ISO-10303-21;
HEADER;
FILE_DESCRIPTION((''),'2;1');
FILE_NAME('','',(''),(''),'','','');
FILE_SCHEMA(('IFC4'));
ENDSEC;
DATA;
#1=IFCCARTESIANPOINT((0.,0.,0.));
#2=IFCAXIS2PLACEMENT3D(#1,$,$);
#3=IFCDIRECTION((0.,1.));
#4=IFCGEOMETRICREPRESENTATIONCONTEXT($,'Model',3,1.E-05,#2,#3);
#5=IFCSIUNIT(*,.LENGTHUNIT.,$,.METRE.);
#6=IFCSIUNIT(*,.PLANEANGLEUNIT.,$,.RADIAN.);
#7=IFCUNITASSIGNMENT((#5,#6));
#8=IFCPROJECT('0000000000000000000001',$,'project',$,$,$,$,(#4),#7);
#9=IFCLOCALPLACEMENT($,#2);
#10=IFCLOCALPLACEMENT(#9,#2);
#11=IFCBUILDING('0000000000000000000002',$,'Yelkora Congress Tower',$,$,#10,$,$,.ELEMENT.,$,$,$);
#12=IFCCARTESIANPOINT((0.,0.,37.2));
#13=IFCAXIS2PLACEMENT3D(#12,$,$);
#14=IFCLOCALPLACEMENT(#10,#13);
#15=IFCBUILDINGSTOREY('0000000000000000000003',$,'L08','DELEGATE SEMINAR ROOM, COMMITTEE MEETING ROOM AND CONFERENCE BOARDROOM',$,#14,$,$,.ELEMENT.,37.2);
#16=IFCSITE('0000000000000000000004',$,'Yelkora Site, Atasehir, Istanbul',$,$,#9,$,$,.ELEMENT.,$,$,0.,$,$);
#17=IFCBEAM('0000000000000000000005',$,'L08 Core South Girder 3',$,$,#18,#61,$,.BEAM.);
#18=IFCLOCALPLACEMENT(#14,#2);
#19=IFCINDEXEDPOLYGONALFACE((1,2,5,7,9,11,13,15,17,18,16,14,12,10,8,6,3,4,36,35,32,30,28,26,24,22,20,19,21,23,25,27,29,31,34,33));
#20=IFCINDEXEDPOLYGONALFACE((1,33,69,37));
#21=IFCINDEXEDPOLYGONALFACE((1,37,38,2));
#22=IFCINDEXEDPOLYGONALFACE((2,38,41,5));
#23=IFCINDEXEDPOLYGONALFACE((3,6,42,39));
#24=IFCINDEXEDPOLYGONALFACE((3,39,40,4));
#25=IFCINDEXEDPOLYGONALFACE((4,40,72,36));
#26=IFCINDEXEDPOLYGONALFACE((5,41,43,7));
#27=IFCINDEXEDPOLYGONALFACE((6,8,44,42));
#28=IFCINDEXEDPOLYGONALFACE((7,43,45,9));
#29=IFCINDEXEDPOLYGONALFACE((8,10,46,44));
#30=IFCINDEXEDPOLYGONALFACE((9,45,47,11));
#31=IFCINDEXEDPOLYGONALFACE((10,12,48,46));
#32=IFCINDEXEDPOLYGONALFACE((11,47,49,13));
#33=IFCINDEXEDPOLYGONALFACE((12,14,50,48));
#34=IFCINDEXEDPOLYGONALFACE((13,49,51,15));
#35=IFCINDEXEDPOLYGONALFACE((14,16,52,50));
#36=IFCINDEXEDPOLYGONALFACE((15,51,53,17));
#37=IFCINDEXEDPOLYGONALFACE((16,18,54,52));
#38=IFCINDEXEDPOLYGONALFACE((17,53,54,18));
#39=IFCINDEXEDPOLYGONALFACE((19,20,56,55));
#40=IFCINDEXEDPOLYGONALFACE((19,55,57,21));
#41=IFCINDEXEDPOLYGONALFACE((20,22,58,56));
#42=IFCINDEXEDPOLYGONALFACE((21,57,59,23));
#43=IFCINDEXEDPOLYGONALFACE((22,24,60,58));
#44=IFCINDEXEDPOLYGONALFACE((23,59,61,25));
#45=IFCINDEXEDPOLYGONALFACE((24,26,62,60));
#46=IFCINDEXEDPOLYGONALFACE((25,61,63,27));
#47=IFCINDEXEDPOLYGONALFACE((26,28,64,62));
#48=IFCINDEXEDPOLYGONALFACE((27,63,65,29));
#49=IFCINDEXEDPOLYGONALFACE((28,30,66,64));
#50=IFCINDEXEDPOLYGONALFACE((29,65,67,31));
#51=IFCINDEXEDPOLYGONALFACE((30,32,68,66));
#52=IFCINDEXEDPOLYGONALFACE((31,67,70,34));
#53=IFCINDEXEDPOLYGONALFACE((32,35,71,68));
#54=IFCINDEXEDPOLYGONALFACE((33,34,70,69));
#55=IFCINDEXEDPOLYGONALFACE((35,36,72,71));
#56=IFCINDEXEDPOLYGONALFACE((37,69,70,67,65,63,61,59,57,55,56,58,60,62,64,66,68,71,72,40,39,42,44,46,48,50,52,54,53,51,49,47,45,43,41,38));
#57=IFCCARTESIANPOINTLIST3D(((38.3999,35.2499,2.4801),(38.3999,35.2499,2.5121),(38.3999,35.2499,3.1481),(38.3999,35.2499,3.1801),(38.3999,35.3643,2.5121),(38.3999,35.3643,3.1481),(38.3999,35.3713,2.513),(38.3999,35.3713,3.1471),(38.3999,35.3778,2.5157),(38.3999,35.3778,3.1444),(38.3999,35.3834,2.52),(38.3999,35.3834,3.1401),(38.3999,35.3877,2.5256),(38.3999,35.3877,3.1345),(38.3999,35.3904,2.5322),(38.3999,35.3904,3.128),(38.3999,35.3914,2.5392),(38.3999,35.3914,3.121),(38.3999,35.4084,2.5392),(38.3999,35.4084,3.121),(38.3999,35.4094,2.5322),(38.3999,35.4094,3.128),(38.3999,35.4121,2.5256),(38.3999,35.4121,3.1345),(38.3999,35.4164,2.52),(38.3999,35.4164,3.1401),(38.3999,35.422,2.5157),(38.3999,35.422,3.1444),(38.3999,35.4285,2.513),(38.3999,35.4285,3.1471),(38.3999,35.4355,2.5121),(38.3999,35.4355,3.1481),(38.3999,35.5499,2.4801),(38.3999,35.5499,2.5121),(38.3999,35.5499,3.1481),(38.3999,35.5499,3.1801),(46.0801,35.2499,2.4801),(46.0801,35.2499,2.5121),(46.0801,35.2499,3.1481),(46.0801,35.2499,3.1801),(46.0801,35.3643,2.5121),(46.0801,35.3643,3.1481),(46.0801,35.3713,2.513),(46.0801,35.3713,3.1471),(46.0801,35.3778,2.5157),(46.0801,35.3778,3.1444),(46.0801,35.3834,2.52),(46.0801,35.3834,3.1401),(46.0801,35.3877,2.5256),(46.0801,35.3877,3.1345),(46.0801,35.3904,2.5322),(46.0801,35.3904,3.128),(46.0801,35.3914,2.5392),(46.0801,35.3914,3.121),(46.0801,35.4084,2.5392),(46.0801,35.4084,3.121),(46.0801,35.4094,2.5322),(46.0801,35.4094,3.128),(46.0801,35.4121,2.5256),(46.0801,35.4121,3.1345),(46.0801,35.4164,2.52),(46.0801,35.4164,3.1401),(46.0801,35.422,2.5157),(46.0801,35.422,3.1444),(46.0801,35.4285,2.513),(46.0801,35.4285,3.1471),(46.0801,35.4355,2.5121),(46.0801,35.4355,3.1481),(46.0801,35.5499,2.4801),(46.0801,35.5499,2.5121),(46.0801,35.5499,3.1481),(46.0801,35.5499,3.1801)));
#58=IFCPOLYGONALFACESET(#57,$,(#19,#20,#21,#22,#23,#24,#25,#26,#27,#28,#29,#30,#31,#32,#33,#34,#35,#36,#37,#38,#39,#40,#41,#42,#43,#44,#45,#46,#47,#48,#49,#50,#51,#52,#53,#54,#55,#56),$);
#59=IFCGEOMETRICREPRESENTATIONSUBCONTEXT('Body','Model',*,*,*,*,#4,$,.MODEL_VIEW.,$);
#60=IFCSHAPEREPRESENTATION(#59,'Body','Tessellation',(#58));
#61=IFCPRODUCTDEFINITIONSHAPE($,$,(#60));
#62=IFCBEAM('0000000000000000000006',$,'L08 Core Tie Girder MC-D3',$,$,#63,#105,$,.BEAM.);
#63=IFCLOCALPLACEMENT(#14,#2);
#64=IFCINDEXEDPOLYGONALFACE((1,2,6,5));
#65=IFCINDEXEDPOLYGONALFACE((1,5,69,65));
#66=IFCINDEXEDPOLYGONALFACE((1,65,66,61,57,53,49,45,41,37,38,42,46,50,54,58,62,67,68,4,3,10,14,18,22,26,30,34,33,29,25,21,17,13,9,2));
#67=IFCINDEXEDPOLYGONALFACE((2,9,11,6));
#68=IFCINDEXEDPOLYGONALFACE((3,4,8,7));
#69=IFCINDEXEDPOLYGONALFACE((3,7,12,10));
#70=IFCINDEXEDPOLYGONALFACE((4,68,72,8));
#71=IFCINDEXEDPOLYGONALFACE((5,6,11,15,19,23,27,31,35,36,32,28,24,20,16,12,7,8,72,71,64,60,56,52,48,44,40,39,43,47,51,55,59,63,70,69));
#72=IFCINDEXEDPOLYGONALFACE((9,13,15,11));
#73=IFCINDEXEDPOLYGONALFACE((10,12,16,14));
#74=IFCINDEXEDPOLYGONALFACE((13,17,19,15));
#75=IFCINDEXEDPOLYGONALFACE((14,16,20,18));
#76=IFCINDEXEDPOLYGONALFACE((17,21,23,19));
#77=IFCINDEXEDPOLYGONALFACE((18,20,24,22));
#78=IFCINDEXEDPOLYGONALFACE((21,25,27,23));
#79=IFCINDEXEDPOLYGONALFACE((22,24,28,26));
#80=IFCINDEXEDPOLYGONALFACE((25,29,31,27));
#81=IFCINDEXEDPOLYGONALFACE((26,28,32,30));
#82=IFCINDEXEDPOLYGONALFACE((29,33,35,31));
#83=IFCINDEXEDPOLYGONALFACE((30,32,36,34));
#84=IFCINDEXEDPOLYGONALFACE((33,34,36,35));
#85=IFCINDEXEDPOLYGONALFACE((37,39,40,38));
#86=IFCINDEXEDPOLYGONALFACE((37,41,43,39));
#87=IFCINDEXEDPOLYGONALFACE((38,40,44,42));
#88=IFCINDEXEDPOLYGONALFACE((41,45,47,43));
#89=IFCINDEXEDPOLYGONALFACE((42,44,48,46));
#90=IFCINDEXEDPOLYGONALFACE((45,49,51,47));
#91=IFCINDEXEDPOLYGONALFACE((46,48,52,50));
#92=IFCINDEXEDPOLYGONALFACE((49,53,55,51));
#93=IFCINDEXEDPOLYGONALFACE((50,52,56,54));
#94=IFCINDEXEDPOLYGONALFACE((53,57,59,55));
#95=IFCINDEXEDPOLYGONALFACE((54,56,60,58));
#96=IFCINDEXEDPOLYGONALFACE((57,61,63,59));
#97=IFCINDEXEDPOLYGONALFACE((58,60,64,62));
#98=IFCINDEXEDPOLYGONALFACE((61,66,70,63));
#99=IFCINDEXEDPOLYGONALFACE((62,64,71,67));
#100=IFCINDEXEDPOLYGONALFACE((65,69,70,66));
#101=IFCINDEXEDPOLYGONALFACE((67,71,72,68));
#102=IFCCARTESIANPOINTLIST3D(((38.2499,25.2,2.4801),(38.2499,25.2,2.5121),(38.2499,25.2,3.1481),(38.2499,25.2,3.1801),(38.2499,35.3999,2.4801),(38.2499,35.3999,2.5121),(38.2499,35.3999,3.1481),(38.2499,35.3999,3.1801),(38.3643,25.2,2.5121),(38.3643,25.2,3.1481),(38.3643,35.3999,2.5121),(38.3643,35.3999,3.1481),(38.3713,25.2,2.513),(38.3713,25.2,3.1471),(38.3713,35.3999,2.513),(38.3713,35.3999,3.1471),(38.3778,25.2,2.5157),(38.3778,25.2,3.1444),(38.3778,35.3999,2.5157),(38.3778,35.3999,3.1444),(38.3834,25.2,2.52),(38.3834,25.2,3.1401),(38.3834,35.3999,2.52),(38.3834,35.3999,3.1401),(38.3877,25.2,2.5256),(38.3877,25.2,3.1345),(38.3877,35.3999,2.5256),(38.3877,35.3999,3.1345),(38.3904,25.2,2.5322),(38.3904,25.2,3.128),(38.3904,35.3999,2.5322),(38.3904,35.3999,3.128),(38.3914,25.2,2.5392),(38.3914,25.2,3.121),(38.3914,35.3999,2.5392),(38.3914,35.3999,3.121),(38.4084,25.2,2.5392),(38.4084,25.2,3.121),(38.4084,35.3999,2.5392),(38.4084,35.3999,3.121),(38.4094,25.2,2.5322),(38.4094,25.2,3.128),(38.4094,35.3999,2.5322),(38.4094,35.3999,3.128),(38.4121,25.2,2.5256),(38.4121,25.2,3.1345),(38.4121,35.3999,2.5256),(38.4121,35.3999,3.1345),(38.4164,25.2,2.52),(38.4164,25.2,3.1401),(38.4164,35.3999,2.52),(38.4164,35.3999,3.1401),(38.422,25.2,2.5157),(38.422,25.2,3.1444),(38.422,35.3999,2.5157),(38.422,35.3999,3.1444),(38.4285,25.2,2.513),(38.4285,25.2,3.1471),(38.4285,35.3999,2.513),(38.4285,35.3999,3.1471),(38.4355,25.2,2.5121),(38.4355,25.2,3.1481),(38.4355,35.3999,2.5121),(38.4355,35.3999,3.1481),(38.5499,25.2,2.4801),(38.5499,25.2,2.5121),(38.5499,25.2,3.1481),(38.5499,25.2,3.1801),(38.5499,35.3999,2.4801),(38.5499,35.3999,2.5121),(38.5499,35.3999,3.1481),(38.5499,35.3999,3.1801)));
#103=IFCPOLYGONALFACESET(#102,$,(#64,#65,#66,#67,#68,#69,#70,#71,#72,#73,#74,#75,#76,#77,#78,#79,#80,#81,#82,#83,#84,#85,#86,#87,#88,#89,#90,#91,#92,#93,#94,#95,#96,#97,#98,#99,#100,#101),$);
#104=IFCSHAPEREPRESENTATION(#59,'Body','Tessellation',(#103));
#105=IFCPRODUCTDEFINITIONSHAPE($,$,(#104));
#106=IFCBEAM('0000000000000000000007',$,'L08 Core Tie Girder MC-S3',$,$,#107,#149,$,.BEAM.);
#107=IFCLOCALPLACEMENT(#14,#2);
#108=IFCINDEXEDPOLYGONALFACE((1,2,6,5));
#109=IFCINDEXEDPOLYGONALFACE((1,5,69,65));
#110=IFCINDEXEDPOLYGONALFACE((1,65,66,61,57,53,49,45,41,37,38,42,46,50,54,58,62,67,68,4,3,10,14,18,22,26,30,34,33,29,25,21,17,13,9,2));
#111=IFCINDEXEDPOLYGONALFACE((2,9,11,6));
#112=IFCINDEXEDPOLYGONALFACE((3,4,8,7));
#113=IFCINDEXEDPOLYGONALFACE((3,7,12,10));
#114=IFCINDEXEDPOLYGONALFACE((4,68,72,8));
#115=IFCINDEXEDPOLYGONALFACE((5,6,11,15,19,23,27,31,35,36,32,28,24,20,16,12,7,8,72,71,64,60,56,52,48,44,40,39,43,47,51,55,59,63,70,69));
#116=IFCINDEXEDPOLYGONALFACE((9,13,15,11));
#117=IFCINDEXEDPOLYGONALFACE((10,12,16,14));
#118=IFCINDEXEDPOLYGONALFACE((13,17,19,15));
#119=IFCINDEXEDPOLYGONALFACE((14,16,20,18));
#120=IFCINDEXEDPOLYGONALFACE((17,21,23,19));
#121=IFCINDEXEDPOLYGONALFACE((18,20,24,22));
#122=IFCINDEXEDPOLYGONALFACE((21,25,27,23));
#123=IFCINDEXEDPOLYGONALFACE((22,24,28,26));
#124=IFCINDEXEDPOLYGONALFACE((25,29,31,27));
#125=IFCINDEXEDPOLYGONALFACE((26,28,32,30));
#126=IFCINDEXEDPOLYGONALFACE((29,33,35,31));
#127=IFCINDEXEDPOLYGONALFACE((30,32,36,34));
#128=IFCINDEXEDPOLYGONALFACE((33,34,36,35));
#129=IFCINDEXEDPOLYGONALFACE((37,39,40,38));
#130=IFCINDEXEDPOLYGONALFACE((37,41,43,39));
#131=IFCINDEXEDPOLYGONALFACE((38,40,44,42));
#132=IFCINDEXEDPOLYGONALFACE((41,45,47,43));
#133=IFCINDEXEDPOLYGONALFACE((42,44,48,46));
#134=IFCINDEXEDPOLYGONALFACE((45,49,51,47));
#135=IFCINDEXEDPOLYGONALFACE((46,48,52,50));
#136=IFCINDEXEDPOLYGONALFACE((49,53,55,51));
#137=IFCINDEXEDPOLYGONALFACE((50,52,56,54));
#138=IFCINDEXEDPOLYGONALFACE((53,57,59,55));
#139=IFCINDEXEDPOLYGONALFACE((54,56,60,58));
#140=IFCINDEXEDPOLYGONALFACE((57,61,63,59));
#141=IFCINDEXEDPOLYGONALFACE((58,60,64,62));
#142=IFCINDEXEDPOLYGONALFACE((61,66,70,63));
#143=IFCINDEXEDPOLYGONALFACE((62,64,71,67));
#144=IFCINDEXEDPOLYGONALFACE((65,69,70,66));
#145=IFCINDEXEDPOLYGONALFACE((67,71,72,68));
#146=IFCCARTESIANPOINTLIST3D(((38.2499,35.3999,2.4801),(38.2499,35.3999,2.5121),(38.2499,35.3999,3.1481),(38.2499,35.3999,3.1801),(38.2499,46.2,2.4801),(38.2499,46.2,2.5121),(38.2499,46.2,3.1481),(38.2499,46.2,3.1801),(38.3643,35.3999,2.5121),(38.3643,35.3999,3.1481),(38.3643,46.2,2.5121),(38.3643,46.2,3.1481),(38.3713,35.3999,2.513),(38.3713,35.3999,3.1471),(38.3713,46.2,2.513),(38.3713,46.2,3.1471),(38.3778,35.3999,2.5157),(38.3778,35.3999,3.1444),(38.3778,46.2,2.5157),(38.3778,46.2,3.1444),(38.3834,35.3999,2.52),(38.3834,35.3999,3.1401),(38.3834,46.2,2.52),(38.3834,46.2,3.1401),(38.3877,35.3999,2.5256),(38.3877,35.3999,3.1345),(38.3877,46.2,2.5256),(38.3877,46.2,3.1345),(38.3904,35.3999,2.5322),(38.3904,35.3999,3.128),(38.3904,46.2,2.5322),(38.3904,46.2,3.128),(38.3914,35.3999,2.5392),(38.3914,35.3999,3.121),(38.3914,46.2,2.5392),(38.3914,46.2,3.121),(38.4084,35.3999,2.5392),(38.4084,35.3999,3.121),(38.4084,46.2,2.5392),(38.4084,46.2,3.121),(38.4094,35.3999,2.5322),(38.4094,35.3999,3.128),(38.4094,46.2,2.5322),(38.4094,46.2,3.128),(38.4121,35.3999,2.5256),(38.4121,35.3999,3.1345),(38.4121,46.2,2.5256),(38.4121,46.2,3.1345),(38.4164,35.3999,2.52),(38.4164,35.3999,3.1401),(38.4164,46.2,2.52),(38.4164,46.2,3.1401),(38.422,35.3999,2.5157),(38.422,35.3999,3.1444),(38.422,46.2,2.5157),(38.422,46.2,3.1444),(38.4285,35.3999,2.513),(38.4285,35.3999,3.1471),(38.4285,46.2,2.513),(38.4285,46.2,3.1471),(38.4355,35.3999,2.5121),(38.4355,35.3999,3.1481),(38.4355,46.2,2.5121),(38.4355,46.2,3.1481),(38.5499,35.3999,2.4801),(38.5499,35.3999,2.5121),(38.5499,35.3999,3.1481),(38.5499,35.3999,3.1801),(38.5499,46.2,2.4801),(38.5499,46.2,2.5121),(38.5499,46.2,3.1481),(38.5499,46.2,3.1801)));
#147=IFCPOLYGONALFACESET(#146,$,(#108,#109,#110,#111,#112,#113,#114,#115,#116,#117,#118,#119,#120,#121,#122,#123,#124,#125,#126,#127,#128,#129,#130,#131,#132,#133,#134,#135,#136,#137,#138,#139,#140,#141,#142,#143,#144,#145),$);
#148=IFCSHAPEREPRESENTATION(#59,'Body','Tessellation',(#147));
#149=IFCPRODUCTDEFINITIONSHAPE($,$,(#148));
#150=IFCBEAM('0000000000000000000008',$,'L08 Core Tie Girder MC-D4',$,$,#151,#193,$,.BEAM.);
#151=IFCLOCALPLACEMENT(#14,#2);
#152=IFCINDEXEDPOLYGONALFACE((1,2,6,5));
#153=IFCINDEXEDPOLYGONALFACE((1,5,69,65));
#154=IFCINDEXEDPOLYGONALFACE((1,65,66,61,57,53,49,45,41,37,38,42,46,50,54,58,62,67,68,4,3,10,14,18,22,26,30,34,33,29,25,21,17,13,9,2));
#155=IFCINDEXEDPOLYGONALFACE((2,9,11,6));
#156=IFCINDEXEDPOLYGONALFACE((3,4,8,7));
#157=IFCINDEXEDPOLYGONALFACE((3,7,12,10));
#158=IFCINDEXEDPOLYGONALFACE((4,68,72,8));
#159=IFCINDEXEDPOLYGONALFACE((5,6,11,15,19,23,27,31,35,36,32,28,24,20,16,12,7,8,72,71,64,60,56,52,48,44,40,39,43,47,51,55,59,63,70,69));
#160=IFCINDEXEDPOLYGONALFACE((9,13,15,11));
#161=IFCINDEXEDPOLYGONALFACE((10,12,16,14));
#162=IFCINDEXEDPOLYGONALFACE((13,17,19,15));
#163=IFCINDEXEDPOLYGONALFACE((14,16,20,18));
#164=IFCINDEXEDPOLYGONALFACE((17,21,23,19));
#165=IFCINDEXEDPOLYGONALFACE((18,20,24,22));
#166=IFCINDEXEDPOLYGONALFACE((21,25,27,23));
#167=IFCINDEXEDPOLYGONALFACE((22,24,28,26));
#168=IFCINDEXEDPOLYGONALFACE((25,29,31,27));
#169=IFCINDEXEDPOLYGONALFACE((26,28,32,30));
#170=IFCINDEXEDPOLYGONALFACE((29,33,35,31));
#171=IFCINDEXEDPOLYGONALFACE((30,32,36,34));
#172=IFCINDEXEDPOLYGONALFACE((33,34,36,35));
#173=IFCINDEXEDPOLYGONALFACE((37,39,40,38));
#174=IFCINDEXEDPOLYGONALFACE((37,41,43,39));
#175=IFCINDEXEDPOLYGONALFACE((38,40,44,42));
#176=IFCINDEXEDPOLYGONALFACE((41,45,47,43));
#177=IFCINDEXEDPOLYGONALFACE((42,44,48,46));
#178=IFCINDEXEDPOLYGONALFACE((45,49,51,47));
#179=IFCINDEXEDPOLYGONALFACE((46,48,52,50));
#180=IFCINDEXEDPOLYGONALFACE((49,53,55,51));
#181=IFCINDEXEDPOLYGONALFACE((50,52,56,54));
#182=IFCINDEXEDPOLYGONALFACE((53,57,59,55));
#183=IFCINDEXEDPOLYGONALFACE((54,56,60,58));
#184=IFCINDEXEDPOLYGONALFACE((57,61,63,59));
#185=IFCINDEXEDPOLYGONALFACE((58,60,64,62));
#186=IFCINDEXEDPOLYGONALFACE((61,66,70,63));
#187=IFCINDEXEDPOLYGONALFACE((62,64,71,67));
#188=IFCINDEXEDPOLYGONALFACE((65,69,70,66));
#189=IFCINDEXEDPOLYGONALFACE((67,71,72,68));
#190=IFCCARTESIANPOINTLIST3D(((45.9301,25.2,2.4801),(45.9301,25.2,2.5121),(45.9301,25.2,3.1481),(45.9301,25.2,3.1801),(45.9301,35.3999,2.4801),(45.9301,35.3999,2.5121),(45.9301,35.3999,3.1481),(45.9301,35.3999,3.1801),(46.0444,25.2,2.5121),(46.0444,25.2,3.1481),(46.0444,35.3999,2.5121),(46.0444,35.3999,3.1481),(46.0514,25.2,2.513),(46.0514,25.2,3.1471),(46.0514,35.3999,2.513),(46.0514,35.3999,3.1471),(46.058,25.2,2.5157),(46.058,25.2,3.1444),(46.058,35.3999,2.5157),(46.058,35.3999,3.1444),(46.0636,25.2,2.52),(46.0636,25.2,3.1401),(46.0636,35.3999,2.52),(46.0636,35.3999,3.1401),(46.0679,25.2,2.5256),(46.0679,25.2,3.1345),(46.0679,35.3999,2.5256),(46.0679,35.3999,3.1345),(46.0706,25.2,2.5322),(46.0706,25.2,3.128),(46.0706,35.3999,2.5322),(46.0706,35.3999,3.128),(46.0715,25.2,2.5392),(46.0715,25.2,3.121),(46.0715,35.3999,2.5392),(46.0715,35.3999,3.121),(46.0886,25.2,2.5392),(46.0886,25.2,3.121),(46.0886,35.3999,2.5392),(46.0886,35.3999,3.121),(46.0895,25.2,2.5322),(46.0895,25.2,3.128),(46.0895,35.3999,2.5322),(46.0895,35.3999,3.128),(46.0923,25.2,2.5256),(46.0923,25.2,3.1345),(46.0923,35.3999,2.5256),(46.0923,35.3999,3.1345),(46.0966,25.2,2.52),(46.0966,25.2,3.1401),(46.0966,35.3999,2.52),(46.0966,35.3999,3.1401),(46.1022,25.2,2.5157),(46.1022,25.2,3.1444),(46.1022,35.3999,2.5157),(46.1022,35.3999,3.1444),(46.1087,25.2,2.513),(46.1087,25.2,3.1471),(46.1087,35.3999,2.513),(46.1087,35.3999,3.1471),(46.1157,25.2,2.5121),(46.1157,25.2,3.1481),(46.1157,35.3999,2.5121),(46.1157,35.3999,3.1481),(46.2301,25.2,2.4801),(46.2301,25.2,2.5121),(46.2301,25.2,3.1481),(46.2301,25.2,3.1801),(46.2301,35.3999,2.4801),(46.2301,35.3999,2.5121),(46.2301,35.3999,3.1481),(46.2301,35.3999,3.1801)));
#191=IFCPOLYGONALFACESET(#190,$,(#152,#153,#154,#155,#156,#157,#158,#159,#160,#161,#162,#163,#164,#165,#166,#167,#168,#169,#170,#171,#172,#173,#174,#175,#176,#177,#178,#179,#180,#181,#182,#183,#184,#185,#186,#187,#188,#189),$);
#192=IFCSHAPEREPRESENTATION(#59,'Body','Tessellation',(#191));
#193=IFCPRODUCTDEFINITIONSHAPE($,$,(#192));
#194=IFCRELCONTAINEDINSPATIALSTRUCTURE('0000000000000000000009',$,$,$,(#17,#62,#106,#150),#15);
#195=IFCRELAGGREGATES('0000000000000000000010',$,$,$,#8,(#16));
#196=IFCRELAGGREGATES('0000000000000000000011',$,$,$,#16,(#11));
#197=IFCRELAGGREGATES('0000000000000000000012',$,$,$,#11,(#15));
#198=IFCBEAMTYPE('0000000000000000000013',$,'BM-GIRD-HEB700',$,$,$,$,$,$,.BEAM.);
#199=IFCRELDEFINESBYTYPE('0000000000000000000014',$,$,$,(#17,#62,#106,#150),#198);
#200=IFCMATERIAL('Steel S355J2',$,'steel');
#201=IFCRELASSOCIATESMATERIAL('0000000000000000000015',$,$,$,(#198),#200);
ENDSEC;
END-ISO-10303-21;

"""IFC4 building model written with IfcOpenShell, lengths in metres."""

from ifc_helpers import new_model, si_unit, direction, frame, origin, origin_2d, place, context, subcontext, project, spatial, i_section, extrude, material, material_profile, profile_set, type_object, element, save


model = new_model("IFC4")

# Units and contexts
model_context = context("Model", 3, precision=1e-05, world=origin(), true_north=direction((0.0, 1.0)))
body_context = subcontext(model_context, "Body", "Model", "MODEL_VIEW")
ifc_project = project(units=[si_unit("LENGTHUNIT", "METRE"), si_unit("PLANEANGLEUNIT", "RADIAN")], contexts=[model_context])

# Site, building, storey
site_placement = place(None, origin())
site = spatial("IfcSite", under=ifc_project, at=site_placement, Name="Yelkora Site, Atasehir, Istanbul", CompositionType="ELEMENT", RefElevation=0.0)
building_placement = place(site_placement, origin())
building = spatial("IfcBuilding", under=site, at=building_placement, Name="Yelkora Congress Tower", CompositionType="ELEMENT")
storey_placement = place(building_placement, frame((0.0, 0.0, 37.2)))
storey = spatial("IfcBuildingStorey", under=building, at=storey_placement, Name="L08", Description="DELEGATE SEMINAR ROOM, COMMITTEE MEETING ROOM AND CONFERENCE BOARDROOM", CompositionType="ELEMENT", Elevation=37.2)

# Beams
ifc_material_1 = material(Name="Steel S355J2", Category="steel")
ifc_material_profile_1 = material_profile(ifc_material_1, i_section(OverallWidth=0.3, OverallDepth=0.7, WebThickness=0.0171, FlangeThickness=0.032, FilletRadius=0.0271, at=origin_2d()), Name="HEB 700")
ifc_profile_set_1 = profile_set([ifc_material_profile_1], Name="Steel S355J2")
beam_type_1 = type_object("IfcBeamType", Name="BM-GIRD-HEB700", PredefinedType="BEAM", material=ifc_profile_set_1)
beam_1_placement = place(storey_placement, frame((38.3999, 35.3999, 2.8301), z_axis=(1.0, 0.0, 0.0), x_axis=(0.0, 1.0, 0.0)))
element("IfcBeam", 1, at=beam_1_placement, inside=storey, type_object=beam_type_1, Name="L08 Core South Girder 3", PredefinedType="BEAM", context=body_context, shape_type="SweptSolid", body=[
    extrude(i_section(OverallWidth=0.3, OverallDepth=0.7, WebThickness=0.0171, FlangeThickness=0.032, FilletRadius=0.0271, at=origin_2d()), origin(), (0.0, 0.0, 1.0), 7.6802),
])
beam_2_placement = place(storey_placement, frame((38.3999, 25.2, 2.8301), z_axis=(0.0, 1.0, 0.0), x_axis=(-1.0, 0.0, 0.0)))
element("IfcBeam", 2, at=beam_2_placement, inside=storey, type_object=beam_type_1, Name="L08 Core Tie Girder MC-D3", PredefinedType="BEAM", context=body_context, shape_type="SweptSolid", body=[
    extrude(i_section(OverallWidth=0.3, OverallDepth=0.7, WebThickness=0.0171, FlangeThickness=0.032, FilletRadius=0.0271, at=origin_2d()), origin(), (0.0, 0.0, 1.0), 10.2),
])
beam_3_placement = place(storey_placement, frame((38.3999, 35.3999, 2.8301), z_axis=(0.0, 1.0, 0.0), x_axis=(-1.0, 0.0, 0.0)))
element("IfcBeam", 3, at=beam_3_placement, inside=storey, type_object=beam_type_1, Name="L08 Core Tie Girder MC-S3", PredefinedType="BEAM", context=body_context, shape_type="SweptSolid", body=[
    extrude(i_section(OverallWidth=0.3, OverallDepth=0.7, WebThickness=0.0171, FlangeThickness=0.032, FilletRadius=0.0271, at=origin_2d()), origin(), (0.0, 0.0, 1.0), 10.8),
])
for number, where, z_axis, x_axis, name in (
    (4, (46.0801, 25.2, 2.8301), (0.0, 1.0, 0.0), (-1.0, 0.0, 0.0), "L08 Core Tie Girder MC-D4"),
):
    element("IfcBeam", number, at=place(storey_placement, frame(where, z_axis=z_axis, x_axis=x_axis)), inside=storey, type_object=beam_type_1, Name=name, PredefinedType="BEAM", context=body_context, shape_type="SweptSolid", body=[
        extrude(i_section(OverallWidth=0.3, OverallDepth=0.7, WebThickness=0.0171, FlangeThickness=0.032, FilletRadius=0.0271, at=origin_2d()), origin(), (0.0, 0.0, 1.0), 10.2),
    ])

save(model, "model.ifc")
